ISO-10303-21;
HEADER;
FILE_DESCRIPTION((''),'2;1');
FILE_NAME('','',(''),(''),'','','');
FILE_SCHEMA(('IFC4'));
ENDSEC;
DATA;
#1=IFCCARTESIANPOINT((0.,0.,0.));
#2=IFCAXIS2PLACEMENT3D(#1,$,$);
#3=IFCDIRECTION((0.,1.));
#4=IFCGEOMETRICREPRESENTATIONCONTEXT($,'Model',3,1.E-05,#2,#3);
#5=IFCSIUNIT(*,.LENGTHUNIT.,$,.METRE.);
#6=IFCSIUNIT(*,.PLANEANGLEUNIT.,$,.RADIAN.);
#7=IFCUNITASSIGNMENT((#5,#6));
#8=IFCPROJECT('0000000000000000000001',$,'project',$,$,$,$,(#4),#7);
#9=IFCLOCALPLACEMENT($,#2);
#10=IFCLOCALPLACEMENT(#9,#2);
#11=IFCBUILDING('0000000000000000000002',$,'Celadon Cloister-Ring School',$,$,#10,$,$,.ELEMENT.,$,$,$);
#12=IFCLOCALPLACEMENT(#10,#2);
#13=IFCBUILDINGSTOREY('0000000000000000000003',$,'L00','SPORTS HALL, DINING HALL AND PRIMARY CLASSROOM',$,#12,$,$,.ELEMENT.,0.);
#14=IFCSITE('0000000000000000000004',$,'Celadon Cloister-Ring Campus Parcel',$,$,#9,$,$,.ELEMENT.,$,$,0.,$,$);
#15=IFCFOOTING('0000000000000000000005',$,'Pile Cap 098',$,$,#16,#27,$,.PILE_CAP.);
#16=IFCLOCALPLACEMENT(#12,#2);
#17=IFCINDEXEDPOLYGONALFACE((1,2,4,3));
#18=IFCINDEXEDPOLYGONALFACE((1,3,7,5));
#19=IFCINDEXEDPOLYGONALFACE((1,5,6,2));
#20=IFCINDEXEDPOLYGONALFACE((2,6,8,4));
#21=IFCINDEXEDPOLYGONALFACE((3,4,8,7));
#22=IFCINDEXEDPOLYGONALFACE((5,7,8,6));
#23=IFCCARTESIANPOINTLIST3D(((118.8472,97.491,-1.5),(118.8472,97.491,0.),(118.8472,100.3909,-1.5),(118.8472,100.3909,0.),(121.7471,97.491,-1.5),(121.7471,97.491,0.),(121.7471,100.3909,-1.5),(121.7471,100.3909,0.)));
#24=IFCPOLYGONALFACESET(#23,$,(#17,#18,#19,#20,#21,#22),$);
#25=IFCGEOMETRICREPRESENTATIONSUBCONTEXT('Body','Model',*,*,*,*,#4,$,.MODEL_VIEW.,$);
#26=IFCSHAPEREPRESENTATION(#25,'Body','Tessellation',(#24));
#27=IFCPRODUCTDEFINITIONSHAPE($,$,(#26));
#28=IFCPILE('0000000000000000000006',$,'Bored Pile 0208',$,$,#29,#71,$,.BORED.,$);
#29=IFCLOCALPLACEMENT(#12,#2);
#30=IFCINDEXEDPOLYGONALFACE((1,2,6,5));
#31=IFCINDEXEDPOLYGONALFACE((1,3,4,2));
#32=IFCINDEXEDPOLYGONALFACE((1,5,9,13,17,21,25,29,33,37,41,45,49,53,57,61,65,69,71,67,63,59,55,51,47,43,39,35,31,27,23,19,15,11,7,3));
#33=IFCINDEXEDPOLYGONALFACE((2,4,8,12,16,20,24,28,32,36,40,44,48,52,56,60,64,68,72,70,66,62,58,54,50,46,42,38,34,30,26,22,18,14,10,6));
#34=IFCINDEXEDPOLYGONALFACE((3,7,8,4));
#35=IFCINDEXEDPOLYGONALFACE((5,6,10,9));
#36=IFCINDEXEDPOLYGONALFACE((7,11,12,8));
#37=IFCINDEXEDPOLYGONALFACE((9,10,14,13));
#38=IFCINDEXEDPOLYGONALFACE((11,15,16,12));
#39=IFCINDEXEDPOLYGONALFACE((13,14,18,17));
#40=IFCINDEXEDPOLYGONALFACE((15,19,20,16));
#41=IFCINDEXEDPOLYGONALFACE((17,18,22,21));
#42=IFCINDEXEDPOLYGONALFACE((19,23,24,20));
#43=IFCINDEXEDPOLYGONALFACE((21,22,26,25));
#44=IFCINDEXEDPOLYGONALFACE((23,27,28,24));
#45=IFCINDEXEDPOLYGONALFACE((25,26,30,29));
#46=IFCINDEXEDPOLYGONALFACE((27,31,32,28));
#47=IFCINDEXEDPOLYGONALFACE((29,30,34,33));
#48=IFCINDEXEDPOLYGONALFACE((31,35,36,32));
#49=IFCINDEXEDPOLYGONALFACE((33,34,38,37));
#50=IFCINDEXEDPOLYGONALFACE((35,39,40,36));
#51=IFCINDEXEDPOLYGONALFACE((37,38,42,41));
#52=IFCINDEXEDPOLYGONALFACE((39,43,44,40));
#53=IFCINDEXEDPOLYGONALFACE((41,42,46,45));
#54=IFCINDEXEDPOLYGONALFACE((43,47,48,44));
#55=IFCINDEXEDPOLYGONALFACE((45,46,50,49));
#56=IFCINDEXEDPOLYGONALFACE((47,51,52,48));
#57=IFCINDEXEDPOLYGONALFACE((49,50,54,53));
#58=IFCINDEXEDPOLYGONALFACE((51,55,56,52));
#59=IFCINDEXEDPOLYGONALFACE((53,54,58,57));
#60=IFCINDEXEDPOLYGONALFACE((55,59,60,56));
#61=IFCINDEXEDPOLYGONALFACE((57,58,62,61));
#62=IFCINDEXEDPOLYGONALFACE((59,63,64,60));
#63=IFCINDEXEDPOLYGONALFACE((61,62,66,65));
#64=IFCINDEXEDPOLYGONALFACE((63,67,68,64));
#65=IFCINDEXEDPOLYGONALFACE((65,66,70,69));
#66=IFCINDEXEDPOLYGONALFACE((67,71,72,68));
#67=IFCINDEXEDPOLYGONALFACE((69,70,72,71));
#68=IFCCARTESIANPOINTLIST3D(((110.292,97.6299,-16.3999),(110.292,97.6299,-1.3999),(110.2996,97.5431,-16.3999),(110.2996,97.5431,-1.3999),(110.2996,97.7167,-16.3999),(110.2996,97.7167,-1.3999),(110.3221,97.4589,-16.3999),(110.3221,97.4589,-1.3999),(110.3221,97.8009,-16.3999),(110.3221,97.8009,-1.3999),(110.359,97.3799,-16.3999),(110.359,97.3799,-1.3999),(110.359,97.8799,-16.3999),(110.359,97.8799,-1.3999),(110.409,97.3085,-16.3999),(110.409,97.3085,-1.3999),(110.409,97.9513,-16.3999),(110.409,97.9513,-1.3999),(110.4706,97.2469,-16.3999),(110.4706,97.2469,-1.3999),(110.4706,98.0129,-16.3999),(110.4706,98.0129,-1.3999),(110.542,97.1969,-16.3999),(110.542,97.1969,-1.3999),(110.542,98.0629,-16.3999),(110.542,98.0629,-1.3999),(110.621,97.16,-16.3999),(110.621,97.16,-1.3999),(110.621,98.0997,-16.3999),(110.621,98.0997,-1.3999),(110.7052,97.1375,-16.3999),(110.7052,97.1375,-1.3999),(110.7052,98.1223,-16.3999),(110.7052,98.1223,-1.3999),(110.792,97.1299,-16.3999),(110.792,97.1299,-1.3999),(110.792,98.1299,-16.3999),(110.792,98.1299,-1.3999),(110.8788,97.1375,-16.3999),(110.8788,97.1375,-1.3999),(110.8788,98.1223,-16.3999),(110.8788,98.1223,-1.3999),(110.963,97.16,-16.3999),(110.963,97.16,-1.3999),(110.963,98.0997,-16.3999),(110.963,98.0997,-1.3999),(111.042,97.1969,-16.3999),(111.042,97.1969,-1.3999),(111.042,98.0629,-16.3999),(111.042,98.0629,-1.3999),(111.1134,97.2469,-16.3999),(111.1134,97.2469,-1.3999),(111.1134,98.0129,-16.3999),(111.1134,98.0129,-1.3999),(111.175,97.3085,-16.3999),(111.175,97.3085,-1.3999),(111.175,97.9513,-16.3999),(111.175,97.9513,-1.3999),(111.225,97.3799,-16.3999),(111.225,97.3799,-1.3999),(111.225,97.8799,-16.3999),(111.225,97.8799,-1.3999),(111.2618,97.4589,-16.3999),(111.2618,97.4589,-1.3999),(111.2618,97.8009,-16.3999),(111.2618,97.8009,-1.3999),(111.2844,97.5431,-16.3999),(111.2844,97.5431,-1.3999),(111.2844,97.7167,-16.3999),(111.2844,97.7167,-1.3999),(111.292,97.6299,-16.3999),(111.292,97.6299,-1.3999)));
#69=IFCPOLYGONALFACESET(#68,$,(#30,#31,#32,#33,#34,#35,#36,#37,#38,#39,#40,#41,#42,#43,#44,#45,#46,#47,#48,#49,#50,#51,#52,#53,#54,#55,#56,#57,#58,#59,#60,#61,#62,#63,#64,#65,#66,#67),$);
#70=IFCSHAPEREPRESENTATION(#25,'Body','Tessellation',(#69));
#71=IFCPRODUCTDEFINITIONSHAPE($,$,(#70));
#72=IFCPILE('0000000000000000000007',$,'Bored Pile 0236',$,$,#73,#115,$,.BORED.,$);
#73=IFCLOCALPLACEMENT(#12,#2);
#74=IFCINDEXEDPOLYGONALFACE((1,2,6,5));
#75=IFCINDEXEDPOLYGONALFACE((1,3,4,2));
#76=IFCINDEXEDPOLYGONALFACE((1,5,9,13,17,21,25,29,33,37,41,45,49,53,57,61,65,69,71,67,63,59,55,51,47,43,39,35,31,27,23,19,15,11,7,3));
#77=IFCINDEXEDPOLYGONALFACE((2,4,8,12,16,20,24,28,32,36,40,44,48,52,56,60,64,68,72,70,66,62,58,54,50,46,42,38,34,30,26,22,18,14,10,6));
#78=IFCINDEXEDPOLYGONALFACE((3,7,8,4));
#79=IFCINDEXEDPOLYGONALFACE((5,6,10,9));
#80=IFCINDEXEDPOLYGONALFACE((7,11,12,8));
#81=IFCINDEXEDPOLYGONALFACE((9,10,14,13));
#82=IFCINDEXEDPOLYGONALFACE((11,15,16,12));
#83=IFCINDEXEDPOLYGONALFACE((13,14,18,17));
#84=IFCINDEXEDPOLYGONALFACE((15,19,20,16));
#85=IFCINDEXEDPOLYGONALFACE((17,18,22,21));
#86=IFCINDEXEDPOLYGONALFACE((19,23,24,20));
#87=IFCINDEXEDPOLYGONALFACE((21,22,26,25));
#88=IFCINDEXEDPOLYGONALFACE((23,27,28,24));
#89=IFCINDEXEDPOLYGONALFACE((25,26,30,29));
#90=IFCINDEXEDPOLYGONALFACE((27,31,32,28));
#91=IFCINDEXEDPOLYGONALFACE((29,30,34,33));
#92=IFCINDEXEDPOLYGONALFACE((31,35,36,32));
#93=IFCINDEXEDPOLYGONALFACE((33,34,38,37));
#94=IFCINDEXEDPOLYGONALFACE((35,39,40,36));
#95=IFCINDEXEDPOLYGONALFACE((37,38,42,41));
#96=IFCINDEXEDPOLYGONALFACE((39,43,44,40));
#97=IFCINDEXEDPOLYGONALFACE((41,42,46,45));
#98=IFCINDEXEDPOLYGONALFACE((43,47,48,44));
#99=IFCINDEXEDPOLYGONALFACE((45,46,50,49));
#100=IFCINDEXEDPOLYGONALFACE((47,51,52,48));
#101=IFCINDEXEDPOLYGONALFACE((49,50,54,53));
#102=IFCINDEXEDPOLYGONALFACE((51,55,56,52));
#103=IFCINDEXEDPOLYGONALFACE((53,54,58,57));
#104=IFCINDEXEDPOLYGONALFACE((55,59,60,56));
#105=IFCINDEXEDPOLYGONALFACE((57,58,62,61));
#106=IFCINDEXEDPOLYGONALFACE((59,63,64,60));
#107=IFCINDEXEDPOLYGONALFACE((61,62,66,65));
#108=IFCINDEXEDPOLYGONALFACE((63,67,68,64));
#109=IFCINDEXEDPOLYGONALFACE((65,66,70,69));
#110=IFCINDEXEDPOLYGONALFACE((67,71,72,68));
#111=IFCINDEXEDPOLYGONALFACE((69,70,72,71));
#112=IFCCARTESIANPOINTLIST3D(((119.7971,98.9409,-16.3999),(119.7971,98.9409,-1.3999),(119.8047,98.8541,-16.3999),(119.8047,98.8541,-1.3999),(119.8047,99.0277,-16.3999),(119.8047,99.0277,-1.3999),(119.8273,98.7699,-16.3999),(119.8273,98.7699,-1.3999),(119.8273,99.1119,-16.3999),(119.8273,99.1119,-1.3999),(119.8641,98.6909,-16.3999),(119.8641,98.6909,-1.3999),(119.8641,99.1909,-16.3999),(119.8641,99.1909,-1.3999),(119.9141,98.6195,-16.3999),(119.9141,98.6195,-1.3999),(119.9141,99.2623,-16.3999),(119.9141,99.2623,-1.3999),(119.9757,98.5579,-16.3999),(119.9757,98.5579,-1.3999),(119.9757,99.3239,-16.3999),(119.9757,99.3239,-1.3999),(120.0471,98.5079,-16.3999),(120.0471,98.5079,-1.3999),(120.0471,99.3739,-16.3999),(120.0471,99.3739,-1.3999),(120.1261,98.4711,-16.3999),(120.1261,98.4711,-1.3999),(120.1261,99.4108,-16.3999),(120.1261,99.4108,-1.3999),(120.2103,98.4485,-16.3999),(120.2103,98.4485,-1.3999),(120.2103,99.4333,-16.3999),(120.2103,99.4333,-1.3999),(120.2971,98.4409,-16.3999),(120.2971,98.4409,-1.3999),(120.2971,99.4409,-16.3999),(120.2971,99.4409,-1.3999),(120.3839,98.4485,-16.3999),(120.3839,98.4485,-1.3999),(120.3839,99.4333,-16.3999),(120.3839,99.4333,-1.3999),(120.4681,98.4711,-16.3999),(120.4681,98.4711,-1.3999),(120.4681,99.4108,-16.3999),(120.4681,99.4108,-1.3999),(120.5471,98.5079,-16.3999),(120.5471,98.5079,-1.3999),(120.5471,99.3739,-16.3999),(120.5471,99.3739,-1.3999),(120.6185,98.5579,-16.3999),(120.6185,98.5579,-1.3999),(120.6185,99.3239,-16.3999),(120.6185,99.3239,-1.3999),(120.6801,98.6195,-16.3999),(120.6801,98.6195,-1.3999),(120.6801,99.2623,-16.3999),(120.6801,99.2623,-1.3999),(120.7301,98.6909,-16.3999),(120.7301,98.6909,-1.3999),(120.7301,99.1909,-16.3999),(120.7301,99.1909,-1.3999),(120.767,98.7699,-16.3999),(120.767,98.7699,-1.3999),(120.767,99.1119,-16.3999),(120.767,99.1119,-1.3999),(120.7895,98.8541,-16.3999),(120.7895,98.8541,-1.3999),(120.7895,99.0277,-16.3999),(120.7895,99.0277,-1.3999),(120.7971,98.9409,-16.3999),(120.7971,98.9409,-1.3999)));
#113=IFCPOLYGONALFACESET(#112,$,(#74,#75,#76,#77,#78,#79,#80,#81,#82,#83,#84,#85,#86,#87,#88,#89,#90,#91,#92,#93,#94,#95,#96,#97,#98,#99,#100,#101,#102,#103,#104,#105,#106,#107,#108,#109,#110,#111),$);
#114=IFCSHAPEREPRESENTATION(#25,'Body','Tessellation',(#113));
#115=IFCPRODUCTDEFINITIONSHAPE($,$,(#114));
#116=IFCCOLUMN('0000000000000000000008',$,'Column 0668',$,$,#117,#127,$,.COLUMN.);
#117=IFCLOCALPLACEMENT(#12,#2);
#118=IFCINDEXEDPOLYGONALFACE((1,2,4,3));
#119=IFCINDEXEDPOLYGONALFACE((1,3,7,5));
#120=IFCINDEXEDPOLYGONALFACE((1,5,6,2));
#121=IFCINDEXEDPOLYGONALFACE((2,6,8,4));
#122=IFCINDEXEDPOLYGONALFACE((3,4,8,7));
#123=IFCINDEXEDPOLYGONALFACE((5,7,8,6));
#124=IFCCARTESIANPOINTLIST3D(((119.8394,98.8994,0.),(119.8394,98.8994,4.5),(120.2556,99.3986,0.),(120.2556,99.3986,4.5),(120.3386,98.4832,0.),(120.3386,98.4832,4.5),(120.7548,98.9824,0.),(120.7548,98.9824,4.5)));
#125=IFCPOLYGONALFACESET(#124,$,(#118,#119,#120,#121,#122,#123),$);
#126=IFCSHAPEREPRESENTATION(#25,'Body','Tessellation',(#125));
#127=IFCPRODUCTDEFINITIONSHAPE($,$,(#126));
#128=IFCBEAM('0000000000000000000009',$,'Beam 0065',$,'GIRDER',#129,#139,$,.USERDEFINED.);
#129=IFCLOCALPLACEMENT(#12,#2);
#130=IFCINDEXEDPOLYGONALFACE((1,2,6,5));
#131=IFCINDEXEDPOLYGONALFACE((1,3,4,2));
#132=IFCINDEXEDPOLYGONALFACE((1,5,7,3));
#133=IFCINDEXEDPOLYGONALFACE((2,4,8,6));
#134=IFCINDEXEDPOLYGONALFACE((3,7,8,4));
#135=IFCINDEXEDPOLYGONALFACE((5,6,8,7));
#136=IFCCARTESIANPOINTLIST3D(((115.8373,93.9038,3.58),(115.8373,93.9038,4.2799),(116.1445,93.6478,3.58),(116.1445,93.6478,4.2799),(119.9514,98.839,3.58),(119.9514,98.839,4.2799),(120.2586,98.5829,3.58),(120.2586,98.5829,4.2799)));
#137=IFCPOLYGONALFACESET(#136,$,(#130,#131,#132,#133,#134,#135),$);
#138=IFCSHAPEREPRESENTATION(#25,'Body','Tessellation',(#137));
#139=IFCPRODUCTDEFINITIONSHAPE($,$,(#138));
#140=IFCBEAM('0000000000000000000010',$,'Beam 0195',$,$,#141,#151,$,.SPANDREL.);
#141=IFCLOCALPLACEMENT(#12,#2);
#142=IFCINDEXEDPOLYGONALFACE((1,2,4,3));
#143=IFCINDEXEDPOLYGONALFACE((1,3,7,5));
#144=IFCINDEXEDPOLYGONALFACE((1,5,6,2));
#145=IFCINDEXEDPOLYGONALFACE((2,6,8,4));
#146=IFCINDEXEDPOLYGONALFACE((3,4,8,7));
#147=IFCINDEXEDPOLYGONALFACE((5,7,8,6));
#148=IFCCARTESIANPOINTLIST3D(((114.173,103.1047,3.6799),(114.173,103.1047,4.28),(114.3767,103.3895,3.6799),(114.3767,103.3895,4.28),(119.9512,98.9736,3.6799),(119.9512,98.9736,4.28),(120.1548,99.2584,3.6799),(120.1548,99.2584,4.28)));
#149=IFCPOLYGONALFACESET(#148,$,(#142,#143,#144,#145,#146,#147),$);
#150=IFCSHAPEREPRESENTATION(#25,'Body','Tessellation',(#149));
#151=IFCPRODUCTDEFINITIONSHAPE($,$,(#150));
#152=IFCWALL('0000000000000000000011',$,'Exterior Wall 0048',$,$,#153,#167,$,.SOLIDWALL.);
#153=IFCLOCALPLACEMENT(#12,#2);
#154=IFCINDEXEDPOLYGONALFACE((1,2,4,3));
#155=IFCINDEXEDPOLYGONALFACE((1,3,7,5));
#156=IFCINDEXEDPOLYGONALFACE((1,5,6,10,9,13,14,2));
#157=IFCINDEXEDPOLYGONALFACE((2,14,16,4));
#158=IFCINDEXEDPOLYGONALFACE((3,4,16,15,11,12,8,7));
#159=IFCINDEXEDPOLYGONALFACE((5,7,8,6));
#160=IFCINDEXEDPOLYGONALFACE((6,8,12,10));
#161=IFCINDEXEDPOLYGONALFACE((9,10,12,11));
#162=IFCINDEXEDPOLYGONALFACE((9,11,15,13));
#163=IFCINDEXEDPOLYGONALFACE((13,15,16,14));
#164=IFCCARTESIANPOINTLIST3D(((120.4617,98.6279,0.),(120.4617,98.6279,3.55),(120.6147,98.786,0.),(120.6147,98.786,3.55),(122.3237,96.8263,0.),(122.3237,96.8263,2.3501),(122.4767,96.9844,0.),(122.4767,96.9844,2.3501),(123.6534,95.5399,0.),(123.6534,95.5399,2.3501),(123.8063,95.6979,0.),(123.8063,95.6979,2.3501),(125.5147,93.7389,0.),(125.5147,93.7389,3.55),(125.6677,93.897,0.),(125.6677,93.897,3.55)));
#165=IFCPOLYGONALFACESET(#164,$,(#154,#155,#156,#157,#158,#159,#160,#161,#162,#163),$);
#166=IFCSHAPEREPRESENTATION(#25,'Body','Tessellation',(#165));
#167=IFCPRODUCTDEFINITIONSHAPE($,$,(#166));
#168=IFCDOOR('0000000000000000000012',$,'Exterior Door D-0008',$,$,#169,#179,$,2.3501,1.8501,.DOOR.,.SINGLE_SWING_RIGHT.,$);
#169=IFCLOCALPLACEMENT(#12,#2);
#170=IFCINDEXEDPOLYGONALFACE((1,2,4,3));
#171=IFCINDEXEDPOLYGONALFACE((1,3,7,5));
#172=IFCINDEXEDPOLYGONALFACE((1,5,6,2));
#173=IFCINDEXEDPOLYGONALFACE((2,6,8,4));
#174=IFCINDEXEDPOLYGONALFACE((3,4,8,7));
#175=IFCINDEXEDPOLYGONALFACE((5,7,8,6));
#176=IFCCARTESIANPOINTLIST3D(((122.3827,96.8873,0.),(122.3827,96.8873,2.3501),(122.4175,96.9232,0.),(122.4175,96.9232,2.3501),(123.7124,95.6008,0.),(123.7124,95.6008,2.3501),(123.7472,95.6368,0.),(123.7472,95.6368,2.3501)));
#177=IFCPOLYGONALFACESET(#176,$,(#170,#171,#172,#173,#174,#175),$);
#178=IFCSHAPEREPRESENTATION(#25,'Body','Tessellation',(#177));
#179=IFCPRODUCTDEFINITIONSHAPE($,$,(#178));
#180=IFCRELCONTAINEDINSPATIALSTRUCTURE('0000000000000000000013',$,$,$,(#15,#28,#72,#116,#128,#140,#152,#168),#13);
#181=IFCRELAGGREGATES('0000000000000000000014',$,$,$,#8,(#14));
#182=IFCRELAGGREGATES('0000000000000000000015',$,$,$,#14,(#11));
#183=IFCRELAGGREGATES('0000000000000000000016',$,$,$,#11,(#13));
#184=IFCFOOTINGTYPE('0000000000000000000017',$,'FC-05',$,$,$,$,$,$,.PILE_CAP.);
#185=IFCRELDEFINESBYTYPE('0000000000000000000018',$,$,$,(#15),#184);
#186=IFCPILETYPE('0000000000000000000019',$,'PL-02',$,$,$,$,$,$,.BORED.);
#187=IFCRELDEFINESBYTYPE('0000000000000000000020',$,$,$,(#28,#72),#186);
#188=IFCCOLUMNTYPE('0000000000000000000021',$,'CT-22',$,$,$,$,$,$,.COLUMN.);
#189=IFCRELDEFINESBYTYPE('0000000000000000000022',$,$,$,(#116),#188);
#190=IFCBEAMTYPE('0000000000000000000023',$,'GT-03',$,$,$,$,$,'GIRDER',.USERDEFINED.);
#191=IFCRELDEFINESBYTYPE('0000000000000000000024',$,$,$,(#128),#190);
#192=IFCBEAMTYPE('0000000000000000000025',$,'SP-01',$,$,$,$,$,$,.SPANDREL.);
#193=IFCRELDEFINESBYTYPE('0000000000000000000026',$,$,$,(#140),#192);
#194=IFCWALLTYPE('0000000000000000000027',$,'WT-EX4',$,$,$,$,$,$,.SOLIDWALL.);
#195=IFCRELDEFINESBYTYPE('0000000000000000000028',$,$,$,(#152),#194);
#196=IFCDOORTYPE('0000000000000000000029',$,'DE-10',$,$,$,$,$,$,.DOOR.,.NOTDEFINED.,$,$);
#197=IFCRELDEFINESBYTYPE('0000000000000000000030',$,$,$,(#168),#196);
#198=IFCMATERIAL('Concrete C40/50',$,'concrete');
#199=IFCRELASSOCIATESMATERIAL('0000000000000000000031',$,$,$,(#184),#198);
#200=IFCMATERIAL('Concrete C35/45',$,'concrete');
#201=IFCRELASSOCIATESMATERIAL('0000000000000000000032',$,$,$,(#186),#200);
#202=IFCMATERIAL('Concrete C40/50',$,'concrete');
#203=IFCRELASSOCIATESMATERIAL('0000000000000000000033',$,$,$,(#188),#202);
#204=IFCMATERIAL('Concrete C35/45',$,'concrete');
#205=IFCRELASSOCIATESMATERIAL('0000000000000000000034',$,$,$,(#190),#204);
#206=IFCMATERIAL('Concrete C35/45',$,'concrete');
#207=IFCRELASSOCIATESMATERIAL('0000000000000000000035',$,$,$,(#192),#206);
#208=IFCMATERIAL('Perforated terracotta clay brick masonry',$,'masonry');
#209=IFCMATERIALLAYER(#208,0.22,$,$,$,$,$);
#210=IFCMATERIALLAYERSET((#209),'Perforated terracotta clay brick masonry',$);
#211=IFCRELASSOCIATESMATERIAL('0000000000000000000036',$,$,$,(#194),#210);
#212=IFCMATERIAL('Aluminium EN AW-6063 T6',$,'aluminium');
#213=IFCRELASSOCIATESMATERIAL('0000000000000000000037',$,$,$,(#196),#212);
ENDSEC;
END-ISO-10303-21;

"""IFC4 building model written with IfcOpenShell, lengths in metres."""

from ifc_helpers import new_model, si_unit, direction, frame, frame_2d, origin, origin_2d, place, context, subcontext, project, spatial, rectangle, circle, extrude, material, layer, layer_set, material_profile, profile_set, type_object, element, fill, save


model = new_model("IFC4")

# Units and contexts
model_context = context("Model", 3, precision=1e-05, world=origin(), true_north=direction((0.0, 1.0)))
body_context = subcontext(model_context, "Body", "Model", "MODEL_VIEW")
ifc_project = project(units=[si_unit("LENGTHUNIT", "METRE"), si_unit("PLANEANGLEUNIT", "RADIAN")], contexts=[model_context])

# Site, building, storey
site_placement = place(None, origin())
site = spatial("IfcSite", under=ifc_project, at=site_placement, Name="Celadon Cloister-Ring Campus Parcel", CompositionType="ELEMENT", RefElevation=0.0)
building_placement = place(site_placement, origin())
building = spatial("IfcBuilding", under=site, at=building_placement, Name="Celadon Cloister-Ring School", CompositionType="ELEMENT")
storey_placement = place(building_placement, origin())
storey = spatial("IfcBuildingStorey", under=building, at=storey_placement, Name="L00", Description="SPORTS HALL, DINING HALL AND PRIMARY CLASSROOM", CompositionType="ELEMENT", Elevation=0.0)

# Footing
ifc_material_1 = material(Name="Concrete C40/50", Category="concrete")
footing_type = type_object("IfcFootingType", Name="FC-05", PredefinedType="PILE_CAP", material=ifc_material_1)
footing_placement = place(storey_placement, frame((120.2971, 98.9409, -1.5), z_axis=(0.0, 0.0, 1.0), x_axis=(1.0, 0.0, 0.0)))
element("IfcFooting", 1, at=footing_placement, inside=storey, type_object=footing_type, Name="Pile Cap 098", PredefinedType="PILE_CAP", context=body_context, shape_type="SweptSolid", body=[
    extrude(rectangle(XDim=2.8999, YDim=2.8999, at=origin_2d()), origin(), (0.0, 0.0, 1.0), 1.5),
])

# Piles
ifc_material_2 = material(Name="Concrete C35/45", Category="concrete")
ifc_material_profile_1 = material_profile(ifc_material_2, circle(Radius=0.5, at=origin_2d()), Name="PILE1000")
ifc_profile_set_1 = profile_set([ifc_material_profile_1], Name="Concrete C35/45")
pile_type = type_object("IfcPileType", Name="PL-02", PredefinedType="BORED", material=ifc_profile_set_1)
for number, where, z_axis, x_axis, name in (
    (2, (110.792, 97.6299, -1.3999), (0.0, 0.0, -1.0), (1.0, 0.0, 0.0), "Bored Pile 0208"),
    (3, (120.2971, 98.9409, -1.3999), (0.0, 0.0, -1.0), (1.0, 0.0, 0.0), "Bored Pile 0236"),
):
    element("IfcPile", number, at=place(storey_placement, frame(where, z_axis=z_axis, x_axis=x_axis)), inside=storey, type_object=pile_type, Name=name, PredefinedType="BORED", context=body_context, shape_type="SweptSolid", body=[
        extrude(circle(Radius=0.5, at=origin_2d()), origin(), (0.0, 0.0, 1.0), 15.0),
    ])

# Column
ifc_material_3 = material(Name="Concrete C40/50", Category="concrete")
ifc_material_profile_2 = material_profile(ifc_material_3, rectangle(XDim=0.6499, YDim=0.6499, at=origin_2d()), Name="RC650X650")
ifc_profile_set_2 = profile_set([ifc_material_profile_2], Name="Concrete C40/50")
column_type = type_object("IfcColumnType", Name="CT-22", PredefinedType="COLUMN", material=ifc_profile_set_2)
column_placement = place(storey_placement, frame((120.2971, 98.9409, 0.0), z_axis=(0.0, 0.0, 1.0), x_axis=(0.640324, 0.768105, 0.0)))
element("IfcColumn", 4, at=column_placement, inside=storey, type_object=column_type, Name="Column 0668", PredefinedType="COLUMN", context=body_context, shape_type="SweptSolid", body=[
    extrude(rectangle(XDim=0.6499, YDim=0.6499, at=origin_2d()), origin(), (0.0, 0.0, 1.0), 4.5),
])

# Beams
ifc_material_4 = material(Name="Concrete C35/45", Category="concrete")
ifc_material_profile_3 = material_profile(ifc_material_4, rectangle(XDim=0.3999, YDim=0.7, at=origin_2d()), Name="RC400X700")
ifc_profile_set_3 = profile_set([ifc_material_profile_3], Name="Concrete C35/45")
beam_type_1 = type_object("IfcBeamType", Name="GT-03", ElementType="GIRDER", PredefinedType="USERDEFINED", material=ifc_profile_set_3)
beam_1_placement = place(storey_placement, frame((120.105, 98.7109, 3.9299), z_axis=(-0.640319, -0.768109, 0.0), x_axis=(0.768109, -0.640319, 0.0)))
element("IfcBeam", 5, at=beam_1_placement, inside=storey, type_object=beam_type_1, Name="Beam 0065", ObjectType="GIRDER", PredefinedType="USERDEFINED", context=body_context, shape_type="SweptSolid", body=[
    extrude(rectangle(XDim=0.3999, YDim=0.7, at=origin_2d()), origin(), (0.0, 0.0, 1.0), 6.425),
])
ifc_material_5 = material(Name="Concrete C35/45", Category="concrete")
ifc_material_profile_4 = material_profile(ifc_material_5, rectangle(XDim=0.3501, YDim=0.6001, at=origin_2d()), Name="RC350X600")
ifc_profile_set_4 = profile_set([ifc_material_profile_4], Name="Concrete C35/45")
beam_type_2 = type_object("IfcBeamType", Name="SP-01", PredefinedType="SPANDREL", material=ifc_profile_set_4)
beam_2_placement = place(storey_placement, frame((120.053, 99.116, 3.98), z_axis=(-0.813473, 0.581602, 0.0), x_axis=(-0.581602, -0.813473, 0.0)))
element("IfcBeam", 6, at=beam_2_placement, inside=storey, type_object=beam_type_2, Name="Beam 0195", PredefinedType="SPANDREL", context=body_context, shape_type="SweptSolid", body=[
    extrude(rectangle(XDim=0.3501, YDim=0.6001, at=origin_2d()), origin(), (0.0, 0.0, 1.0), 7.103),
])

# Wall, opening, door
ifc_material_6 = material(Name="Perforated terracotta clay brick masonry", Category="masonry")
ifc_layer_1 = layer(ifc_material_6, 0.22)
ifc_layer_set_1 = layer_set([ifc_layer_1], Name="Perforated terracotta clay brick masonry")
wall_type = type_object("IfcWallType", Name="WT-EX4", PredefinedType="SOLIDWALL", material=ifc_layer_set_1)
wall_placement = place(storey_placement, frame((120.5381, 98.707, 0.0), z_axis=(0.0, 0.0, 1.0), x_axis=(0.718678, -0.695343, 0.0)))
wall = element("IfcWall", 7, at=wall_placement, inside=storey, type_object=wall_type, Name="Exterior Wall 0048", PredefinedType="SOLIDWALL", context=body_context, shape_type="SweptSolid", body=[
    extrude(rectangle(XDim=7.031, YDim=0.22, at=frame_2d((3.5156, 0.0))), origin(), (0.0, 0.0, 1.0), 3.55),
])
opening_placement = place(wall_placement, frame((2.5911, 0.0, 0.0)))
opening = element("IfcOpeningElement", 8, at=opening_placement, cuts=wall, PredefinedType="OPENING", context=body_context, shape_type="SweptSolid", body=[
    extrude(rectangle(XDim=1.8501, YDim=2.3501, at=frame_2d((0.925, 1.175))), frame((0.0, 0.1201, 0.0), z_axis=(0.0, -1.0, 0.0), x_axis=(1.0, 0.0, 0.0)), (0.0, 0.0, 1.0), 0.24),
])
ifc_material_7 = material(Name="Aluminium EN AW-6063 T6", Category="aluminium")
door_type = type_object("IfcDoorType", Name="DE-10", OperationType="NOTDEFINED", PredefinedType="DOOR", material=ifc_material_7)
door_placement = place(opening_placement, origin())
door = element("IfcDoor", 9, at=door_placement, inside=storey, type_object=door_type, Name="Exterior Door D-0008", OperationType="SINGLE_SWING_RIGHT", OverallHeight=2.3501, OverallWidth=1.8501, PredefinedType="DOOR", context=body_context, shape_type="SweptSolid", body=[
    extrude(rectangle(XDim=1.8501, YDim=2.3501, at=frame_2d((0.925, 1.175))), frame((0.0, 0.0249, 0.0), z_axis=(0.0, -1.0, 0.0), x_axis=(1.0, 0.0, 0.0)), (0.0, 0.0, 1.0), 0.05),
])
fill(opening, door)

save(model, "model.ifc")
